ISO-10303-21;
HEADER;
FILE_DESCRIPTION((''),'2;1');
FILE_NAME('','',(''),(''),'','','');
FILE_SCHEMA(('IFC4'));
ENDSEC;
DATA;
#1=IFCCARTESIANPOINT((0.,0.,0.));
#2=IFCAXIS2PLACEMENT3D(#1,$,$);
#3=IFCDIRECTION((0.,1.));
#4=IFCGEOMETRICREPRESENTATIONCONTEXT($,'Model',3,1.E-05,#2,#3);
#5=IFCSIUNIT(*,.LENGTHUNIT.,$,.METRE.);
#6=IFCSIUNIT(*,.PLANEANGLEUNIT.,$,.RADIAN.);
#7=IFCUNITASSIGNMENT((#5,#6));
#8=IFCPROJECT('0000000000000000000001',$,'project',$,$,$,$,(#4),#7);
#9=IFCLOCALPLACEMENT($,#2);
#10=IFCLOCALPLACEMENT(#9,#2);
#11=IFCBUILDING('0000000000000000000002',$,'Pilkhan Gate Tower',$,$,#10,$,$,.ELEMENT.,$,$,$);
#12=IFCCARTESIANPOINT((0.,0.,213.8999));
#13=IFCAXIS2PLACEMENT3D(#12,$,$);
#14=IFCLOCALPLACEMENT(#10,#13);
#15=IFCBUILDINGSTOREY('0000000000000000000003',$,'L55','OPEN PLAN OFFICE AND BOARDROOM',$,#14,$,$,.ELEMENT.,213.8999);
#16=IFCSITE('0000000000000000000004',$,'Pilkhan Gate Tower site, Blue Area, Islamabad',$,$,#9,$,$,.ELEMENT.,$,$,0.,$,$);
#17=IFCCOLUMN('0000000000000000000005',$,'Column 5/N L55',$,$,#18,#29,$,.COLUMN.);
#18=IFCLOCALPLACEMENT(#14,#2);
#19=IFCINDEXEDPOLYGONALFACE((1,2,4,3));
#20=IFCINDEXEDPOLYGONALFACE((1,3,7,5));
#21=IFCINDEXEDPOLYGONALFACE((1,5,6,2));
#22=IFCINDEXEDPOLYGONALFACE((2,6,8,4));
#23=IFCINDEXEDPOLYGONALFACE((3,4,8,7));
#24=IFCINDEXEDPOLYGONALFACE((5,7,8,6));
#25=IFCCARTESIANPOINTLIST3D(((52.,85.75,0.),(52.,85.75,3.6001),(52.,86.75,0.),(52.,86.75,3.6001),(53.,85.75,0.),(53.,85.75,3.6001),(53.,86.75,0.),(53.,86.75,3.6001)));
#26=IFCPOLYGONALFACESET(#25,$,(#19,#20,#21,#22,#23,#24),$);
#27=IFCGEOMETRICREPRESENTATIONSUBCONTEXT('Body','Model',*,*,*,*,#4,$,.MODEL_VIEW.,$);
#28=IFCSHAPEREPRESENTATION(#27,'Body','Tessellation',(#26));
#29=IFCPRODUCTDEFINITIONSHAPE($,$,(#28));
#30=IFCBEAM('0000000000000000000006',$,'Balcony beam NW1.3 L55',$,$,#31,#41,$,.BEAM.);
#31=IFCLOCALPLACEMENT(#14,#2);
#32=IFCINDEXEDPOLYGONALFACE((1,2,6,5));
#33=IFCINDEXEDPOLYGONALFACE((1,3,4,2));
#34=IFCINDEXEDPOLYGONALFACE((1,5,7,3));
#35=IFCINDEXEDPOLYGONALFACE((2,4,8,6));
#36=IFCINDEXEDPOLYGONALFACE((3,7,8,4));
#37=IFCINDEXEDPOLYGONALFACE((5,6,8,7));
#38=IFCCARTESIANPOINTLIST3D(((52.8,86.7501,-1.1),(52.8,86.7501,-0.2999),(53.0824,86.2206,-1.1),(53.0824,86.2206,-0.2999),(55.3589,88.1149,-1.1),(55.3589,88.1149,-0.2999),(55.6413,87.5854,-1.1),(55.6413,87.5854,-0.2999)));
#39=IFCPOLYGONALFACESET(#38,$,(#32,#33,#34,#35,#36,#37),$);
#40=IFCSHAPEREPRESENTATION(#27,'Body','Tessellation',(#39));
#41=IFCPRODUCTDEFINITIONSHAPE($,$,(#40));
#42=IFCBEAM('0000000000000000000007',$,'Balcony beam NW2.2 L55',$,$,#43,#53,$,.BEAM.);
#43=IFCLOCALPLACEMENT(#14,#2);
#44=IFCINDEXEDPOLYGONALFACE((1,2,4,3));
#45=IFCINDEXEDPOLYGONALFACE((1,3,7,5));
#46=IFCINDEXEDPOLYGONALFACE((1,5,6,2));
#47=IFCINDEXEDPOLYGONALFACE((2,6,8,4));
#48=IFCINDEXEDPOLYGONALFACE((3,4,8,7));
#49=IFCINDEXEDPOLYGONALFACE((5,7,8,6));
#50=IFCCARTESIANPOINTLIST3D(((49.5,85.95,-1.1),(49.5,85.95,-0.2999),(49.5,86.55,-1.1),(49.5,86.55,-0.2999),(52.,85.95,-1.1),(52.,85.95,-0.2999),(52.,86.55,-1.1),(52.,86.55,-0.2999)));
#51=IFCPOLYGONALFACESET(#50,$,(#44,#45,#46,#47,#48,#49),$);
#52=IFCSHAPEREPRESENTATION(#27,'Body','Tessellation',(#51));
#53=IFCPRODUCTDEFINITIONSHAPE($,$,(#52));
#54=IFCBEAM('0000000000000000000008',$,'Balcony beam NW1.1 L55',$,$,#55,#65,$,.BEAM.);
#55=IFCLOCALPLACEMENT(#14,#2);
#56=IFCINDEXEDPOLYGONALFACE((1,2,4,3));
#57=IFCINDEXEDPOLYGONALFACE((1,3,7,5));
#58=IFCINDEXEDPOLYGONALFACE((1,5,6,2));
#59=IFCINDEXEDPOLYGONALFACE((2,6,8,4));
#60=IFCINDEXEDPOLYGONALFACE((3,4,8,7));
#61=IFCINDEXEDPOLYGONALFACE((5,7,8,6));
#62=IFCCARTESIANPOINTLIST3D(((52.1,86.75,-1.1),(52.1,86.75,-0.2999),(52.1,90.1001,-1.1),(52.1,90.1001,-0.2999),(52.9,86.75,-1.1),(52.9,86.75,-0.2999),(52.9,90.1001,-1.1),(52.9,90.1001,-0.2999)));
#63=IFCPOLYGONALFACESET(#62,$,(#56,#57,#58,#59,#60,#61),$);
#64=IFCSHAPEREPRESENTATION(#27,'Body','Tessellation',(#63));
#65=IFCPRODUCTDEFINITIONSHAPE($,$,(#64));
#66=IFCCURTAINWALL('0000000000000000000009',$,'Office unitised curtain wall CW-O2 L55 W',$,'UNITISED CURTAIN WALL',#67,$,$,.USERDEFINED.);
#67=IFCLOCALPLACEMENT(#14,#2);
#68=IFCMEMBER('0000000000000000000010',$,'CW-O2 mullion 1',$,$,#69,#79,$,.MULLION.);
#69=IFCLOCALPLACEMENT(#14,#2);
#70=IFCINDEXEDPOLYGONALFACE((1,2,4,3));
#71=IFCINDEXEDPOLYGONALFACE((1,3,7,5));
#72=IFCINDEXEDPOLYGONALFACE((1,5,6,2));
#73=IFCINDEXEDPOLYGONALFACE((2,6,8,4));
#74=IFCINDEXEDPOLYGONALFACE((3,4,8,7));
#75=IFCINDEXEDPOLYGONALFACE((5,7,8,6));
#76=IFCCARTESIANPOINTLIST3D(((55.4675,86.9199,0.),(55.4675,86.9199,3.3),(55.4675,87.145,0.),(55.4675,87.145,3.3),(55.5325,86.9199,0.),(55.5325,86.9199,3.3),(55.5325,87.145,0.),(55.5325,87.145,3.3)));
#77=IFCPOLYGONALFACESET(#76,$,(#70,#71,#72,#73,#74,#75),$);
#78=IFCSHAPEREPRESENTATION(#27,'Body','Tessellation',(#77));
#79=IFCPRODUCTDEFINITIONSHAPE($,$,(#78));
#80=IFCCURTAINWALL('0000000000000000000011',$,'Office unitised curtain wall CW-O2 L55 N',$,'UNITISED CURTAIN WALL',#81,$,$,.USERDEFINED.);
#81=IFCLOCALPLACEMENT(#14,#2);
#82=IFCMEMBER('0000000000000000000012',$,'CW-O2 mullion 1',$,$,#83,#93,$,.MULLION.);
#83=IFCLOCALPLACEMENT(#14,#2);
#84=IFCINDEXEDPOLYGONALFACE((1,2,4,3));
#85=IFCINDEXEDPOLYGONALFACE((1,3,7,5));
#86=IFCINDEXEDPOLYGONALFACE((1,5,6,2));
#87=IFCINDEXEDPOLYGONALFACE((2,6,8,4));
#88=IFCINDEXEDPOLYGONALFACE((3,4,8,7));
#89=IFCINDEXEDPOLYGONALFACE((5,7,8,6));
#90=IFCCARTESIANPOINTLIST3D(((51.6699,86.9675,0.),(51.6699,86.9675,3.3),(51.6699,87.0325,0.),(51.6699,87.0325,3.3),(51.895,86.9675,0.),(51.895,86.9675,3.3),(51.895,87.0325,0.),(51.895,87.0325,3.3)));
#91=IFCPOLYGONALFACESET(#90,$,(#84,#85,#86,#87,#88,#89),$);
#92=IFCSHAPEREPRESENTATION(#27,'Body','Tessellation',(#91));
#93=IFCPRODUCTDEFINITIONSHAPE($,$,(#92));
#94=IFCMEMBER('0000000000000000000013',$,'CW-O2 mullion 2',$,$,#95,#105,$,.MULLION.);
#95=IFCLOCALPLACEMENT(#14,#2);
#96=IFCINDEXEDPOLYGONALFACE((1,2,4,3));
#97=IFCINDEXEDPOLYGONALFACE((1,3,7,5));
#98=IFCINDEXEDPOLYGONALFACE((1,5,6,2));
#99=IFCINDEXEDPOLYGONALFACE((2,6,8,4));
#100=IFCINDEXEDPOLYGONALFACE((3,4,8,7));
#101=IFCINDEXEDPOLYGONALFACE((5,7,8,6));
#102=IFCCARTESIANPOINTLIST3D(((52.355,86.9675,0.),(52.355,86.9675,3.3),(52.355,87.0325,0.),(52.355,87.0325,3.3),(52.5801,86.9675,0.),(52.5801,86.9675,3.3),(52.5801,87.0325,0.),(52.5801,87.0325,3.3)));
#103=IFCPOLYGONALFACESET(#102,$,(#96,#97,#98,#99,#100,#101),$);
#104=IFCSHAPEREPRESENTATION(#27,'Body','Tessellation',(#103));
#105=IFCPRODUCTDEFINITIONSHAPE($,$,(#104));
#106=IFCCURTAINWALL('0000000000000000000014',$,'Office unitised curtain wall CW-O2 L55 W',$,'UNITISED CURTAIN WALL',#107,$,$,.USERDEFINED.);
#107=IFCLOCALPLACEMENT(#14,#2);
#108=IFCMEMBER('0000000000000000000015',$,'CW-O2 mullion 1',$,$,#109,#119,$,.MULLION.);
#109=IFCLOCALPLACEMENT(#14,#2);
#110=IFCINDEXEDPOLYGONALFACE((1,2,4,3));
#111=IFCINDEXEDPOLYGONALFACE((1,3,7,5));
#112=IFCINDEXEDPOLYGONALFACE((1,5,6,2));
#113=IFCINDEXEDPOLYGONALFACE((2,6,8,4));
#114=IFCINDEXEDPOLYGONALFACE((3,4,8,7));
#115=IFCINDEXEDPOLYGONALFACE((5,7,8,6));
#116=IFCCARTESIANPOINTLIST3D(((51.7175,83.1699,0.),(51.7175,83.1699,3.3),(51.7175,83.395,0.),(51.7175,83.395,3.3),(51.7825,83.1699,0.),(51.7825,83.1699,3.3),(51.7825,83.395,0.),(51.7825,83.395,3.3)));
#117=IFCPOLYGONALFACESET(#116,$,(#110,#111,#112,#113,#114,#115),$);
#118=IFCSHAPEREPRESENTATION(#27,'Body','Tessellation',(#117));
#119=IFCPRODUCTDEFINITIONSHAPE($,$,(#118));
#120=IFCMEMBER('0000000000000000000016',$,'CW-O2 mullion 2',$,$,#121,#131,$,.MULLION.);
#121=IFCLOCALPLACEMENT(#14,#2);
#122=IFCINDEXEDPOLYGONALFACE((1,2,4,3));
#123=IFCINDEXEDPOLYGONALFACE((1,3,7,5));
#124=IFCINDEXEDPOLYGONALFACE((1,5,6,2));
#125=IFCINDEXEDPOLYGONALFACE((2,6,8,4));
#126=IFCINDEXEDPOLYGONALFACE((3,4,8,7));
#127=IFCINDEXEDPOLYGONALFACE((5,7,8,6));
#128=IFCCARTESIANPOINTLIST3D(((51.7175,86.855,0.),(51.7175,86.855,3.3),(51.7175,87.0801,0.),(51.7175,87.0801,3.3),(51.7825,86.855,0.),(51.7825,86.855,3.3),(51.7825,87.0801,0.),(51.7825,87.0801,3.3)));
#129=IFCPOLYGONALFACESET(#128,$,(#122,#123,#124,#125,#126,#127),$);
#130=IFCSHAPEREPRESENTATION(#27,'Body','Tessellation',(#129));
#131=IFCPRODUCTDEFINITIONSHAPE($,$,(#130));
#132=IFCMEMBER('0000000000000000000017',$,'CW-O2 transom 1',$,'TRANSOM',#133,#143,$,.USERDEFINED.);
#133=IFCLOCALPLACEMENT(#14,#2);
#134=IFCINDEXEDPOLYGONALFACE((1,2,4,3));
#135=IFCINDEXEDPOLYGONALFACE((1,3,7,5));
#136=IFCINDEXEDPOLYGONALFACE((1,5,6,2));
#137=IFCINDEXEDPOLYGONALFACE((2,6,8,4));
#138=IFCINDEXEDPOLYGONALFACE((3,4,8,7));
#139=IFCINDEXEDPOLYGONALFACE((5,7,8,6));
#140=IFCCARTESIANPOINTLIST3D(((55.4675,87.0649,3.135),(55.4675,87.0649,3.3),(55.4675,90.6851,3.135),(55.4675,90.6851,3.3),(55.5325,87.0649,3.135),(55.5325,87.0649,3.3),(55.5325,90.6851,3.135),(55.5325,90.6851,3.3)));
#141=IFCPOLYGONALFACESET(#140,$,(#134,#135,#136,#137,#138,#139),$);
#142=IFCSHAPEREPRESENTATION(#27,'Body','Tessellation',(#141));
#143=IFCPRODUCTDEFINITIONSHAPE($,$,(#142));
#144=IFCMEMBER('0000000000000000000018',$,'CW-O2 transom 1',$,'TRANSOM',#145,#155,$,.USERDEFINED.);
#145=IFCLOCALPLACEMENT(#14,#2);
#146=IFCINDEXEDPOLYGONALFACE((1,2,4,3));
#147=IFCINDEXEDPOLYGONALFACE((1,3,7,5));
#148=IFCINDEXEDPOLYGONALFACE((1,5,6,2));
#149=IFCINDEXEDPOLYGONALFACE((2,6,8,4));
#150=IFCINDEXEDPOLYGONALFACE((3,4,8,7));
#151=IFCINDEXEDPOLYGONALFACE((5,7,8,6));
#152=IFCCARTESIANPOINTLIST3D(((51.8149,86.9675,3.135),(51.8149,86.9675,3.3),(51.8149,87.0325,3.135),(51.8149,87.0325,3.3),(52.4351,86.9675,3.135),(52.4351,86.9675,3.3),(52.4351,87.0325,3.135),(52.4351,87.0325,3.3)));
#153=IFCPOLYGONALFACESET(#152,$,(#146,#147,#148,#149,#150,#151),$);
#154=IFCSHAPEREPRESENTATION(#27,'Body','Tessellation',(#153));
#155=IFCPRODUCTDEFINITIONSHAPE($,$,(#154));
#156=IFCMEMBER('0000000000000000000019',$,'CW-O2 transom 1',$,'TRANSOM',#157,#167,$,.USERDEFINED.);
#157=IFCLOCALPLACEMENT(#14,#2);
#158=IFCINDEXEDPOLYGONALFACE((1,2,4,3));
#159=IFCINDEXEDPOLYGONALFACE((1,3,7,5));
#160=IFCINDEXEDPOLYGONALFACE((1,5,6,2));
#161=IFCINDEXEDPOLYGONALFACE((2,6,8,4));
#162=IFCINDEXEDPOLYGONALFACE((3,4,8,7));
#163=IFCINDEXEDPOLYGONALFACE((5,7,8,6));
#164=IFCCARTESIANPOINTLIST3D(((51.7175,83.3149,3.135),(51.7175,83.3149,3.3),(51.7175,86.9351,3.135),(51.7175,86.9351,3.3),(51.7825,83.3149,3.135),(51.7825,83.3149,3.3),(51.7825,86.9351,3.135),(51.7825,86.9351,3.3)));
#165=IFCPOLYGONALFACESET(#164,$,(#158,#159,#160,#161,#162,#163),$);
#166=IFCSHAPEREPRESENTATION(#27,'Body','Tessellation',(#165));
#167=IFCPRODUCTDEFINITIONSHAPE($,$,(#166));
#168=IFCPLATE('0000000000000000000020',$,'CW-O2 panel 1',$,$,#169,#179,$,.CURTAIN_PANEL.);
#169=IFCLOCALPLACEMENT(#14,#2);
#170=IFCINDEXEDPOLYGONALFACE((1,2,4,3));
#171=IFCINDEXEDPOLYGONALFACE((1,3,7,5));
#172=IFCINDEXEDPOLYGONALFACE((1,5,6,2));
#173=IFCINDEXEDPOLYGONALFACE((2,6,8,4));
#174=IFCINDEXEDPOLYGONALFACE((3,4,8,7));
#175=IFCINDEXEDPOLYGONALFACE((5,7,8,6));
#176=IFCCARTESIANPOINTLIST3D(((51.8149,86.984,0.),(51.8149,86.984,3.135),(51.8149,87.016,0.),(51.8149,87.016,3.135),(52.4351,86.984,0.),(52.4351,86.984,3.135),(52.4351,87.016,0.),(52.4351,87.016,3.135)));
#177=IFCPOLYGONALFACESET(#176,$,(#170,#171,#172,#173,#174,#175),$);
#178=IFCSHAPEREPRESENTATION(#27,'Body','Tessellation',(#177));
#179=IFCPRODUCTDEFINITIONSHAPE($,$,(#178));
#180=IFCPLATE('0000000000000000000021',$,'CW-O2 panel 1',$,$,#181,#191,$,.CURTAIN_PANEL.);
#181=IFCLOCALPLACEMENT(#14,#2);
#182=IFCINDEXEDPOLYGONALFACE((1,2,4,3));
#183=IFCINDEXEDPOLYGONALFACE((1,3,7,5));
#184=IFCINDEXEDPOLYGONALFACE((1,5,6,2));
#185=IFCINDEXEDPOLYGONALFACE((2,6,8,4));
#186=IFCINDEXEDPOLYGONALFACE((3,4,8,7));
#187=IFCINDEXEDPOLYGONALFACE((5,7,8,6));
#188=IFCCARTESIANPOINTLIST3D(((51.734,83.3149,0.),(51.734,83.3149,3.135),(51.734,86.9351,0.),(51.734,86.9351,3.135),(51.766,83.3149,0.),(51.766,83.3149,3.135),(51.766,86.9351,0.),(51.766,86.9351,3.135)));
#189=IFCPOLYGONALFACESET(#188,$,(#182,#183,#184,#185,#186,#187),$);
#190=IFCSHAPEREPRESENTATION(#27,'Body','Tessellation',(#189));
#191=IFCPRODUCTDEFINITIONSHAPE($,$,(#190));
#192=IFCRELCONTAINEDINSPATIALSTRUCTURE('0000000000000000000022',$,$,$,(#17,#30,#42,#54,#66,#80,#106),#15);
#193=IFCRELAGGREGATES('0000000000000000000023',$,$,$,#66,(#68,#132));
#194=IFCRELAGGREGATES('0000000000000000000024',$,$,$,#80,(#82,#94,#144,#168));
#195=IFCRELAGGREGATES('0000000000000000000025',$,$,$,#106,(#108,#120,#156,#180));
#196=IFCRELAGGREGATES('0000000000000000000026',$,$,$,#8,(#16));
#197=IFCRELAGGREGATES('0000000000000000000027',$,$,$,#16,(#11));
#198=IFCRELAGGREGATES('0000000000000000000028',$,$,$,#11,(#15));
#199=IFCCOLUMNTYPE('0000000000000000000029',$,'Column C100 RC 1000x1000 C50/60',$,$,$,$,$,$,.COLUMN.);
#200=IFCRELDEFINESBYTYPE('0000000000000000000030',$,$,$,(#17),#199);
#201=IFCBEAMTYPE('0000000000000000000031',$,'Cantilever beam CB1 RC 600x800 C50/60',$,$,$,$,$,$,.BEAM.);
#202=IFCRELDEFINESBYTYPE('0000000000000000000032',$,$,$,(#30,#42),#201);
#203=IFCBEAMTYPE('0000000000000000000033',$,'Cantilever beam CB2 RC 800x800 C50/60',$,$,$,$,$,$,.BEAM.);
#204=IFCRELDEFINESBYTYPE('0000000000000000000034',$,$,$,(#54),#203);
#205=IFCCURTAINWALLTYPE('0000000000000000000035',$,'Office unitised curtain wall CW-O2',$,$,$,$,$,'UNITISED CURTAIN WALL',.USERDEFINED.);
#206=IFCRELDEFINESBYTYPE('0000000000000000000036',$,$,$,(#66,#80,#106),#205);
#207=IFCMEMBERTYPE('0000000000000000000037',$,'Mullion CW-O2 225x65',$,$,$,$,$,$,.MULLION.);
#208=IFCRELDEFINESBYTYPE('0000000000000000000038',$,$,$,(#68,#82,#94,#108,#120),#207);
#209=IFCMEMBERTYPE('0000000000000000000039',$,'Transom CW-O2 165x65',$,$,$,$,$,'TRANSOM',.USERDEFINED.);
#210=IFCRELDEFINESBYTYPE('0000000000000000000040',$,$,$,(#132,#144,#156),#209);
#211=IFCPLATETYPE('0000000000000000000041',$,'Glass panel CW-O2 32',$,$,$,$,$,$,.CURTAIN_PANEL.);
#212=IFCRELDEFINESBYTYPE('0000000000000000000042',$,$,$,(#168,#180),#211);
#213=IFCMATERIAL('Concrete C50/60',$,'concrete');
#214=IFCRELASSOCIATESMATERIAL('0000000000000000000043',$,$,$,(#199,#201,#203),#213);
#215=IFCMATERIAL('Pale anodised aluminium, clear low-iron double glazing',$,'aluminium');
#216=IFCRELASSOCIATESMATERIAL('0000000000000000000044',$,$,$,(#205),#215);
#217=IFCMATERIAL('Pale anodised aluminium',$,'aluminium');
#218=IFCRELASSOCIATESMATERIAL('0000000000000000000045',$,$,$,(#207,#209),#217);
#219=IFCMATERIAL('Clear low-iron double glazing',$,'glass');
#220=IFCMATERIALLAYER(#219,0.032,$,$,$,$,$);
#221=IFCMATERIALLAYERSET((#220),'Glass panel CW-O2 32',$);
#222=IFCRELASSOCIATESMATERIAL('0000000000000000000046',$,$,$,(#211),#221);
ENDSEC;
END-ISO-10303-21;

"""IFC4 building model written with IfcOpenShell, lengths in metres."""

from ifc_helpers import new_model, si_unit, direction, frame, origin, origin_2d, place, context, subcontext, project, spatial, rectangle, extrude, material, layer, layer_set, material_profile, profile_set, type_object, element, aggregate, save


model = new_model("IFC4")

# Units and contexts
model_context = context("Model", 3, precision=1e-05, world=origin(), true_north=direction((0.0, 1.0)))
body_context = subcontext(model_context, "Body", "Model", "MODEL_VIEW")
ifc_project = project(units=[si_unit("LENGTHUNIT", "METRE"), si_unit("PLANEANGLEUNIT", "RADIAN")], contexts=[model_context])

# Site, building, storey
site_placement = place(None, origin())
site = spatial("IfcSite", under=ifc_project, at=site_placement, Name="Pilkhan Gate Tower site, Blue Area, Islamabad", CompositionType="ELEMENT", RefElevation=0.0)
building_placement = place(site_placement, origin())
building = spatial("IfcBuilding", under=site, at=building_placement, Name="Pilkhan Gate Tower", CompositionType="ELEMENT")
storey_placement = place(building_placement, frame((0.0, 0.0, 213.8999)))
storey = spatial("IfcBuildingStorey", under=building, at=storey_placement, Name="L55", Description="OPEN PLAN OFFICE AND BOARDROOM", CompositionType="ELEMENT", Elevation=213.8999)

# Column
ifc_material_1 = material(Name="Concrete C50/60", Category="concrete")
ifc_material_profile_1 = material_profile(ifc_material_1, rectangle(XDim=1.0, YDim=1.0, at=origin_2d()), Name="RC 1000x1000")
ifc_profile_set_1 = profile_set([ifc_material_profile_1], Name="Concrete C50/60")
column_type = type_object("IfcColumnType", Name="Column C100 RC 1000x1000 C50/60", PredefinedType="COLUMN", material=ifc_profile_set_1)
column_placement = place(storey_placement, frame((52.5, 86.25, 0.0), z_axis=(0.0, 0.0, 1.0), x_axis=(1.0, 0.0, 0.0)))
element("IfcColumn", 1, at=column_placement, inside=storey, type_object=column_type, Name="Column 5/N L55", PredefinedType="COLUMN", context=body_context, shape_type="SweptSolid", body=[
    extrude(rectangle(XDim=1.0, YDim=1.0, at=origin_2d()), origin(), (0.0, 0.0, 1.0), 3.6001),
])

# Beams
ifc_material_profile_2 = material_profile(ifc_material_1, rectangle(XDim=0.6001, YDim=0.8, at=origin_2d()), Name="RC 600x800")
ifc_profile_set_2 = profile_set([ifc_material_profile_2], Name="Concrete C50/60")
beam_type_1 = type_object("IfcBeamType", Name="Cantilever beam CB1 RC 600x800 C50/60", PredefinedType="BEAM", material=ifc_profile_set_2)
beam_1_placement = place(storey_placement, frame((52.9412, 86.4854, -0.7), z_axis=(0.882348, 0.470597, 0.0), x_axis=(-0.470597, 0.882348, 0.0)))
element("IfcBeam", 2, at=beam_1_placement, inside=storey, type_object=beam_type_1, Name="Balcony beam NW1.3 L55", PredefinedType="BEAM", context=body_context, shape_type="SweptSolid", body=[
    extrude(rectangle(XDim=0.6001, YDim=0.8, at=origin_2d()), origin(), (0.0, 0.0, 1.0), 2.9001),
])
beam_2_placement = place(storey_placement, frame((52.0, 86.25, -0.7), z_axis=(-1.0, 0.0, 0.0), x_axis=(0.0, -1.0, 0.0)))
element("IfcBeam", 3, at=beam_2_placement, inside=storey, type_object=beam_type_1, Name="Balcony beam NW2.2 L55", PredefinedType="BEAM", context=body_context, shape_type="SweptSolid", body=[
    extrude(rectangle(XDim=0.6001, YDim=0.8, at=origin_2d()), origin(), (0.0, 0.0, 1.0), 2.5),
])
ifc_material_profile_3 = material_profile(ifc_material_1, rectangle(XDim=0.8, YDim=0.8, at=origin_2d()), Name="RC 800x800")
ifc_profile_set_3 = profile_set([ifc_material_profile_3], Name="Concrete C50/60")
beam_type_2 = type_object("IfcBeamType", Name="Cantilever beam CB2 RC 800x800 C50/60", PredefinedType="BEAM", material=ifc_profile_set_3)
beam_3_placement = place(storey_placement, frame((52.5, 86.75, -0.7), z_axis=(0.0, 1.0, 0.0), x_axis=(-1.0, 0.0, 0.0)))
element("IfcBeam", 4, at=beam_3_placement, inside=storey, type_object=beam_type_2, Name="Balcony beam NW1.1 L55", PredefinedType="BEAM", context=body_context, shape_type="SweptSolid", body=[
    extrude(rectangle(XDim=0.8, YDim=0.8, at=origin_2d()), origin(), (0.0, 0.0, 1.0), 3.3501),
])

# Curtain wall, member
ifc_material_2 = material(Name="Pale anodised aluminium, clear low-iron double glazing", Category="aluminium")
curtain_wall_type = type_object("IfcCurtainWallType", Name="Office unitised curtain wall CW-O2", ElementType="UNITISED CURTAIN WALL", PredefinedType="USERDEFINED", material=ifc_material_2)
curtain_wall_1_placement = place(storey_placement, origin())
curtain_wall_1 = element("IfcCurtainWall", 5, at=curtain_wall_1_placement, inside=storey, type_object=curtain_wall_type, Name="Office unitised curtain wall CW-O2 L55 W", ObjectType="UNITISED CURTAIN WALL", PredefinedType="USERDEFINED")
ifc_material_3 = material(Name="Pale anodised aluminium", Category="aluminium")
ifc_material_profile_4 = material_profile(ifc_material_3, rectangle(XDim=0.0649, YDim=0.2251, at=origin_2d()), Name="Mullion 225x65")
ifc_profile_set_4 = profile_set([ifc_material_profile_4], Name="Pale anodised aluminium")
member_type_1 = type_object("IfcMemberType", Name="Mullion CW-O2 225x65", PredefinedType="MULLION", material=ifc_profile_set_4)
member_1_placement = place(storey_placement, frame((55.5, 87.0325, 0.0), z_axis=(0.0, 0.0, 1.0), x_axis=(-1.0, 0.0, 0.0)))
member_1 = element("IfcMember", 6, at=member_1_placement, type_object=member_type_1, Name="CW-O2 mullion 1", PredefinedType="MULLION", context=body_context, shape_type="SweptSolid", body=[
    extrude(rectangle(XDim=0.0649, YDim=0.2251, at=origin_2d()), origin(), (0.0, 0.0, 1.0), 3.3),
])

# Curtain walls, members
curtain_wall_2_placement = place(storey_placement, origin())
curtain_wall_2 = element("IfcCurtainWall", 7, at=curtain_wall_2_placement, inside=storey, type_object=curtain_wall_type, Name="Office unitised curtain wall CW-O2 L55 N", ObjectType="UNITISED CURTAIN WALL", PredefinedType="USERDEFINED")
member_2_placement = place(storey_placement, frame((51.7825, 87.0, 0.0), z_axis=(0.0, 0.0, 1.0), x_axis=(0.0, 1.0, 0.0)))
member_2 = element("IfcMember", 8, at=member_2_placement, type_object=member_type_1, Name="CW-O2 mullion 1", PredefinedType="MULLION", context=body_context, shape_type="SweptSolid", body=[
    extrude(rectangle(XDim=0.0649, YDim=0.2251, at=origin_2d()), origin(), (0.0, 0.0, 1.0), 3.3),
])
member_3_placement = place(storey_placement, frame((52.4675, 87.0, 0.0), z_axis=(0.0, 0.0, 1.0), x_axis=(0.0, 1.0, 0.0)))
member_3 = element("IfcMember", 9, at=member_3_placement, type_object=member_type_1, Name="CW-O2 mullion 2", PredefinedType="MULLION", context=body_context, shape_type="SweptSolid", body=[
    extrude(rectangle(XDim=0.0649, YDim=0.2251, at=origin_2d()), origin(), (0.0, 0.0, 1.0), 3.3),
])
curtain_wall_3_placement = place(storey_placement, origin())
curtain_wall_3 = element("IfcCurtainWall", 10, at=curtain_wall_3_placement, inside=storey, type_object=curtain_wall_type, Name="Office unitised curtain wall CW-O2 L55 W", ObjectType="UNITISED CURTAIN WALL", PredefinedType="USERDEFINED")
member_4_placement = place(storey_placement, frame((51.75, 83.2825, 0.0), z_axis=(0.0, 0.0, 1.0), x_axis=(-1.0, 0.0, 0.0)))
member_4 = element("IfcMember", 11, at=member_4_placement, type_object=member_type_1, Name="CW-O2 mullion 1", PredefinedType="MULLION", context=body_context, shape_type="SweptSolid", body=[
    extrude(rectangle(XDim=0.0649, YDim=0.2251, at=origin_2d()), origin(), (0.0, 0.0, 1.0), 3.3),
])
member_5_placement = place(storey_placement, frame((51.75, 86.9675, 0.0), z_axis=(0.0, 0.0, 1.0), x_axis=(-1.0, 0.0, 0.0)))
member_5 = element("IfcMember", 12, at=member_5_placement, type_object=member_type_1, Name="CW-O2 mullion 2", PredefinedType="MULLION", context=body_context, shape_type="SweptSolid", body=[
    extrude(rectangle(XDim=0.0649, YDim=0.2251, at=origin_2d()), origin(), (0.0, 0.0, 1.0), 3.3),
])

# Members
ifc_material_profile_5 = material_profile(ifc_material_3, rectangle(XDim=0.0649, YDim=0.165, at=origin_2d()), Name="Transom 165x65")
ifc_profile_set_5 = profile_set([ifc_material_profile_5], Name="Pale anodised aluminium")
member_type_2 = type_object("IfcMemberType", Name="Transom CW-O2 165x65", ElementType="TRANSOM", PredefinedType="USERDEFINED", material=ifc_profile_set_5)
member_6_placement = place(storey_placement, frame((55.5, 87.0649, 3.2175), z_axis=(0.0, 1.0, 0.0), x_axis=(-1.0, 0.0, 0.0)))
member_6 = element("IfcMember", 13, at=member_6_placement, type_object=member_type_2, Name="CW-O2 transom 1", ObjectType="TRANSOM", PredefinedType="USERDEFINED", context=body_context, shape_type="SweptSolid", body=[
    extrude(rectangle(XDim=0.0649, YDim=0.165, at=origin_2d()), origin(), (0.0, 0.0, 1.0), 3.6201),
])
aggregate(curtain_wall_1, [member_1, member_6])
member_7_placement = place(storey_placement, frame((51.8149, 87.0, 3.2175), z_axis=(1.0, 0.0, 0.0), x_axis=(0.0, 1.0, 0.0)))
member_7 = element("IfcMember", 14, at=member_7_placement, type_object=member_type_2, Name="CW-O2 transom 1", ObjectType="TRANSOM", PredefinedType="USERDEFINED", context=body_context, shape_type="SweptSolid", body=[
    extrude(rectangle(XDim=0.0649, YDim=0.165, at=origin_2d()), origin(), (0.0, 0.0, 1.0), 0.6201),
])
member_8_placement = place(storey_placement, frame((51.75, 83.3149, 3.2175), z_axis=(0.0, 1.0, 0.0), x_axis=(-1.0, 0.0, 0.0)))
member_8 = element("IfcMember", 15, at=member_8_placement, type_object=member_type_2, Name="CW-O2 transom 1", ObjectType="TRANSOM", PredefinedType="USERDEFINED", context=body_context, shape_type="SweptSolid", body=[
    extrude(rectangle(XDim=0.0649, YDim=0.165, at=origin_2d()), origin(), (0.0, 0.0, 1.0), 3.6201),
])

# Plates
ifc_material_4 = material(Name="Clear low-iron double glazing", Category="glass")
ifc_layer_1 = layer(ifc_material_4, 0.032)
ifc_layer_set_1 = layer_set([ifc_layer_1], Name="Glass panel CW-O2 32")
plate_type = type_object("IfcPlateType", Name="Glass panel CW-O2 32", PredefinedType="CURTAIN_PANEL", material=ifc_layer_set_1)
plate_1_placement = place(storey_placement, frame((52.125, 87.0, 0.0), z_axis=(0.0, 0.0, 1.0), x_axis=(1.0, 0.0, 0.0)))
plate_1 = element("IfcPlate", 16, at=plate_1_placement, type_object=plate_type, Name="CW-O2 panel 1", PredefinedType="CURTAIN_PANEL", context=body_context, shape_type="SweptSolid", body=[
    extrude(rectangle(XDim=0.6201, YDim=0.032, at=origin_2d()), origin(), (0.0, 0.0, 1.0), 3.135),
])
aggregate(curtain_wall_2, [member_2, member_3, member_7, plate_1])
plate_2_placement = place(storey_placement, frame((51.75, 85.125, 0.0), z_axis=(0.0, 0.0, 1.0), x_axis=(0.0, 1.0, 0.0)))
plate_2 = element("IfcPlate", 17, at=plate_2_placement, type_object=plate_type, Name="CW-O2 panel 1", PredefinedType="CURTAIN_PANEL", context=body_context, shape_type="SweptSolid", body=[
    extrude(rectangle(XDim=3.6201, YDim=0.032, at=origin_2d()), origin(), (0.0, 0.0, 1.0), 3.135),
])
aggregate(curtain_wall_3, [member_4, member_5, member_8, plate_2])

save(model, "model.ifc")
